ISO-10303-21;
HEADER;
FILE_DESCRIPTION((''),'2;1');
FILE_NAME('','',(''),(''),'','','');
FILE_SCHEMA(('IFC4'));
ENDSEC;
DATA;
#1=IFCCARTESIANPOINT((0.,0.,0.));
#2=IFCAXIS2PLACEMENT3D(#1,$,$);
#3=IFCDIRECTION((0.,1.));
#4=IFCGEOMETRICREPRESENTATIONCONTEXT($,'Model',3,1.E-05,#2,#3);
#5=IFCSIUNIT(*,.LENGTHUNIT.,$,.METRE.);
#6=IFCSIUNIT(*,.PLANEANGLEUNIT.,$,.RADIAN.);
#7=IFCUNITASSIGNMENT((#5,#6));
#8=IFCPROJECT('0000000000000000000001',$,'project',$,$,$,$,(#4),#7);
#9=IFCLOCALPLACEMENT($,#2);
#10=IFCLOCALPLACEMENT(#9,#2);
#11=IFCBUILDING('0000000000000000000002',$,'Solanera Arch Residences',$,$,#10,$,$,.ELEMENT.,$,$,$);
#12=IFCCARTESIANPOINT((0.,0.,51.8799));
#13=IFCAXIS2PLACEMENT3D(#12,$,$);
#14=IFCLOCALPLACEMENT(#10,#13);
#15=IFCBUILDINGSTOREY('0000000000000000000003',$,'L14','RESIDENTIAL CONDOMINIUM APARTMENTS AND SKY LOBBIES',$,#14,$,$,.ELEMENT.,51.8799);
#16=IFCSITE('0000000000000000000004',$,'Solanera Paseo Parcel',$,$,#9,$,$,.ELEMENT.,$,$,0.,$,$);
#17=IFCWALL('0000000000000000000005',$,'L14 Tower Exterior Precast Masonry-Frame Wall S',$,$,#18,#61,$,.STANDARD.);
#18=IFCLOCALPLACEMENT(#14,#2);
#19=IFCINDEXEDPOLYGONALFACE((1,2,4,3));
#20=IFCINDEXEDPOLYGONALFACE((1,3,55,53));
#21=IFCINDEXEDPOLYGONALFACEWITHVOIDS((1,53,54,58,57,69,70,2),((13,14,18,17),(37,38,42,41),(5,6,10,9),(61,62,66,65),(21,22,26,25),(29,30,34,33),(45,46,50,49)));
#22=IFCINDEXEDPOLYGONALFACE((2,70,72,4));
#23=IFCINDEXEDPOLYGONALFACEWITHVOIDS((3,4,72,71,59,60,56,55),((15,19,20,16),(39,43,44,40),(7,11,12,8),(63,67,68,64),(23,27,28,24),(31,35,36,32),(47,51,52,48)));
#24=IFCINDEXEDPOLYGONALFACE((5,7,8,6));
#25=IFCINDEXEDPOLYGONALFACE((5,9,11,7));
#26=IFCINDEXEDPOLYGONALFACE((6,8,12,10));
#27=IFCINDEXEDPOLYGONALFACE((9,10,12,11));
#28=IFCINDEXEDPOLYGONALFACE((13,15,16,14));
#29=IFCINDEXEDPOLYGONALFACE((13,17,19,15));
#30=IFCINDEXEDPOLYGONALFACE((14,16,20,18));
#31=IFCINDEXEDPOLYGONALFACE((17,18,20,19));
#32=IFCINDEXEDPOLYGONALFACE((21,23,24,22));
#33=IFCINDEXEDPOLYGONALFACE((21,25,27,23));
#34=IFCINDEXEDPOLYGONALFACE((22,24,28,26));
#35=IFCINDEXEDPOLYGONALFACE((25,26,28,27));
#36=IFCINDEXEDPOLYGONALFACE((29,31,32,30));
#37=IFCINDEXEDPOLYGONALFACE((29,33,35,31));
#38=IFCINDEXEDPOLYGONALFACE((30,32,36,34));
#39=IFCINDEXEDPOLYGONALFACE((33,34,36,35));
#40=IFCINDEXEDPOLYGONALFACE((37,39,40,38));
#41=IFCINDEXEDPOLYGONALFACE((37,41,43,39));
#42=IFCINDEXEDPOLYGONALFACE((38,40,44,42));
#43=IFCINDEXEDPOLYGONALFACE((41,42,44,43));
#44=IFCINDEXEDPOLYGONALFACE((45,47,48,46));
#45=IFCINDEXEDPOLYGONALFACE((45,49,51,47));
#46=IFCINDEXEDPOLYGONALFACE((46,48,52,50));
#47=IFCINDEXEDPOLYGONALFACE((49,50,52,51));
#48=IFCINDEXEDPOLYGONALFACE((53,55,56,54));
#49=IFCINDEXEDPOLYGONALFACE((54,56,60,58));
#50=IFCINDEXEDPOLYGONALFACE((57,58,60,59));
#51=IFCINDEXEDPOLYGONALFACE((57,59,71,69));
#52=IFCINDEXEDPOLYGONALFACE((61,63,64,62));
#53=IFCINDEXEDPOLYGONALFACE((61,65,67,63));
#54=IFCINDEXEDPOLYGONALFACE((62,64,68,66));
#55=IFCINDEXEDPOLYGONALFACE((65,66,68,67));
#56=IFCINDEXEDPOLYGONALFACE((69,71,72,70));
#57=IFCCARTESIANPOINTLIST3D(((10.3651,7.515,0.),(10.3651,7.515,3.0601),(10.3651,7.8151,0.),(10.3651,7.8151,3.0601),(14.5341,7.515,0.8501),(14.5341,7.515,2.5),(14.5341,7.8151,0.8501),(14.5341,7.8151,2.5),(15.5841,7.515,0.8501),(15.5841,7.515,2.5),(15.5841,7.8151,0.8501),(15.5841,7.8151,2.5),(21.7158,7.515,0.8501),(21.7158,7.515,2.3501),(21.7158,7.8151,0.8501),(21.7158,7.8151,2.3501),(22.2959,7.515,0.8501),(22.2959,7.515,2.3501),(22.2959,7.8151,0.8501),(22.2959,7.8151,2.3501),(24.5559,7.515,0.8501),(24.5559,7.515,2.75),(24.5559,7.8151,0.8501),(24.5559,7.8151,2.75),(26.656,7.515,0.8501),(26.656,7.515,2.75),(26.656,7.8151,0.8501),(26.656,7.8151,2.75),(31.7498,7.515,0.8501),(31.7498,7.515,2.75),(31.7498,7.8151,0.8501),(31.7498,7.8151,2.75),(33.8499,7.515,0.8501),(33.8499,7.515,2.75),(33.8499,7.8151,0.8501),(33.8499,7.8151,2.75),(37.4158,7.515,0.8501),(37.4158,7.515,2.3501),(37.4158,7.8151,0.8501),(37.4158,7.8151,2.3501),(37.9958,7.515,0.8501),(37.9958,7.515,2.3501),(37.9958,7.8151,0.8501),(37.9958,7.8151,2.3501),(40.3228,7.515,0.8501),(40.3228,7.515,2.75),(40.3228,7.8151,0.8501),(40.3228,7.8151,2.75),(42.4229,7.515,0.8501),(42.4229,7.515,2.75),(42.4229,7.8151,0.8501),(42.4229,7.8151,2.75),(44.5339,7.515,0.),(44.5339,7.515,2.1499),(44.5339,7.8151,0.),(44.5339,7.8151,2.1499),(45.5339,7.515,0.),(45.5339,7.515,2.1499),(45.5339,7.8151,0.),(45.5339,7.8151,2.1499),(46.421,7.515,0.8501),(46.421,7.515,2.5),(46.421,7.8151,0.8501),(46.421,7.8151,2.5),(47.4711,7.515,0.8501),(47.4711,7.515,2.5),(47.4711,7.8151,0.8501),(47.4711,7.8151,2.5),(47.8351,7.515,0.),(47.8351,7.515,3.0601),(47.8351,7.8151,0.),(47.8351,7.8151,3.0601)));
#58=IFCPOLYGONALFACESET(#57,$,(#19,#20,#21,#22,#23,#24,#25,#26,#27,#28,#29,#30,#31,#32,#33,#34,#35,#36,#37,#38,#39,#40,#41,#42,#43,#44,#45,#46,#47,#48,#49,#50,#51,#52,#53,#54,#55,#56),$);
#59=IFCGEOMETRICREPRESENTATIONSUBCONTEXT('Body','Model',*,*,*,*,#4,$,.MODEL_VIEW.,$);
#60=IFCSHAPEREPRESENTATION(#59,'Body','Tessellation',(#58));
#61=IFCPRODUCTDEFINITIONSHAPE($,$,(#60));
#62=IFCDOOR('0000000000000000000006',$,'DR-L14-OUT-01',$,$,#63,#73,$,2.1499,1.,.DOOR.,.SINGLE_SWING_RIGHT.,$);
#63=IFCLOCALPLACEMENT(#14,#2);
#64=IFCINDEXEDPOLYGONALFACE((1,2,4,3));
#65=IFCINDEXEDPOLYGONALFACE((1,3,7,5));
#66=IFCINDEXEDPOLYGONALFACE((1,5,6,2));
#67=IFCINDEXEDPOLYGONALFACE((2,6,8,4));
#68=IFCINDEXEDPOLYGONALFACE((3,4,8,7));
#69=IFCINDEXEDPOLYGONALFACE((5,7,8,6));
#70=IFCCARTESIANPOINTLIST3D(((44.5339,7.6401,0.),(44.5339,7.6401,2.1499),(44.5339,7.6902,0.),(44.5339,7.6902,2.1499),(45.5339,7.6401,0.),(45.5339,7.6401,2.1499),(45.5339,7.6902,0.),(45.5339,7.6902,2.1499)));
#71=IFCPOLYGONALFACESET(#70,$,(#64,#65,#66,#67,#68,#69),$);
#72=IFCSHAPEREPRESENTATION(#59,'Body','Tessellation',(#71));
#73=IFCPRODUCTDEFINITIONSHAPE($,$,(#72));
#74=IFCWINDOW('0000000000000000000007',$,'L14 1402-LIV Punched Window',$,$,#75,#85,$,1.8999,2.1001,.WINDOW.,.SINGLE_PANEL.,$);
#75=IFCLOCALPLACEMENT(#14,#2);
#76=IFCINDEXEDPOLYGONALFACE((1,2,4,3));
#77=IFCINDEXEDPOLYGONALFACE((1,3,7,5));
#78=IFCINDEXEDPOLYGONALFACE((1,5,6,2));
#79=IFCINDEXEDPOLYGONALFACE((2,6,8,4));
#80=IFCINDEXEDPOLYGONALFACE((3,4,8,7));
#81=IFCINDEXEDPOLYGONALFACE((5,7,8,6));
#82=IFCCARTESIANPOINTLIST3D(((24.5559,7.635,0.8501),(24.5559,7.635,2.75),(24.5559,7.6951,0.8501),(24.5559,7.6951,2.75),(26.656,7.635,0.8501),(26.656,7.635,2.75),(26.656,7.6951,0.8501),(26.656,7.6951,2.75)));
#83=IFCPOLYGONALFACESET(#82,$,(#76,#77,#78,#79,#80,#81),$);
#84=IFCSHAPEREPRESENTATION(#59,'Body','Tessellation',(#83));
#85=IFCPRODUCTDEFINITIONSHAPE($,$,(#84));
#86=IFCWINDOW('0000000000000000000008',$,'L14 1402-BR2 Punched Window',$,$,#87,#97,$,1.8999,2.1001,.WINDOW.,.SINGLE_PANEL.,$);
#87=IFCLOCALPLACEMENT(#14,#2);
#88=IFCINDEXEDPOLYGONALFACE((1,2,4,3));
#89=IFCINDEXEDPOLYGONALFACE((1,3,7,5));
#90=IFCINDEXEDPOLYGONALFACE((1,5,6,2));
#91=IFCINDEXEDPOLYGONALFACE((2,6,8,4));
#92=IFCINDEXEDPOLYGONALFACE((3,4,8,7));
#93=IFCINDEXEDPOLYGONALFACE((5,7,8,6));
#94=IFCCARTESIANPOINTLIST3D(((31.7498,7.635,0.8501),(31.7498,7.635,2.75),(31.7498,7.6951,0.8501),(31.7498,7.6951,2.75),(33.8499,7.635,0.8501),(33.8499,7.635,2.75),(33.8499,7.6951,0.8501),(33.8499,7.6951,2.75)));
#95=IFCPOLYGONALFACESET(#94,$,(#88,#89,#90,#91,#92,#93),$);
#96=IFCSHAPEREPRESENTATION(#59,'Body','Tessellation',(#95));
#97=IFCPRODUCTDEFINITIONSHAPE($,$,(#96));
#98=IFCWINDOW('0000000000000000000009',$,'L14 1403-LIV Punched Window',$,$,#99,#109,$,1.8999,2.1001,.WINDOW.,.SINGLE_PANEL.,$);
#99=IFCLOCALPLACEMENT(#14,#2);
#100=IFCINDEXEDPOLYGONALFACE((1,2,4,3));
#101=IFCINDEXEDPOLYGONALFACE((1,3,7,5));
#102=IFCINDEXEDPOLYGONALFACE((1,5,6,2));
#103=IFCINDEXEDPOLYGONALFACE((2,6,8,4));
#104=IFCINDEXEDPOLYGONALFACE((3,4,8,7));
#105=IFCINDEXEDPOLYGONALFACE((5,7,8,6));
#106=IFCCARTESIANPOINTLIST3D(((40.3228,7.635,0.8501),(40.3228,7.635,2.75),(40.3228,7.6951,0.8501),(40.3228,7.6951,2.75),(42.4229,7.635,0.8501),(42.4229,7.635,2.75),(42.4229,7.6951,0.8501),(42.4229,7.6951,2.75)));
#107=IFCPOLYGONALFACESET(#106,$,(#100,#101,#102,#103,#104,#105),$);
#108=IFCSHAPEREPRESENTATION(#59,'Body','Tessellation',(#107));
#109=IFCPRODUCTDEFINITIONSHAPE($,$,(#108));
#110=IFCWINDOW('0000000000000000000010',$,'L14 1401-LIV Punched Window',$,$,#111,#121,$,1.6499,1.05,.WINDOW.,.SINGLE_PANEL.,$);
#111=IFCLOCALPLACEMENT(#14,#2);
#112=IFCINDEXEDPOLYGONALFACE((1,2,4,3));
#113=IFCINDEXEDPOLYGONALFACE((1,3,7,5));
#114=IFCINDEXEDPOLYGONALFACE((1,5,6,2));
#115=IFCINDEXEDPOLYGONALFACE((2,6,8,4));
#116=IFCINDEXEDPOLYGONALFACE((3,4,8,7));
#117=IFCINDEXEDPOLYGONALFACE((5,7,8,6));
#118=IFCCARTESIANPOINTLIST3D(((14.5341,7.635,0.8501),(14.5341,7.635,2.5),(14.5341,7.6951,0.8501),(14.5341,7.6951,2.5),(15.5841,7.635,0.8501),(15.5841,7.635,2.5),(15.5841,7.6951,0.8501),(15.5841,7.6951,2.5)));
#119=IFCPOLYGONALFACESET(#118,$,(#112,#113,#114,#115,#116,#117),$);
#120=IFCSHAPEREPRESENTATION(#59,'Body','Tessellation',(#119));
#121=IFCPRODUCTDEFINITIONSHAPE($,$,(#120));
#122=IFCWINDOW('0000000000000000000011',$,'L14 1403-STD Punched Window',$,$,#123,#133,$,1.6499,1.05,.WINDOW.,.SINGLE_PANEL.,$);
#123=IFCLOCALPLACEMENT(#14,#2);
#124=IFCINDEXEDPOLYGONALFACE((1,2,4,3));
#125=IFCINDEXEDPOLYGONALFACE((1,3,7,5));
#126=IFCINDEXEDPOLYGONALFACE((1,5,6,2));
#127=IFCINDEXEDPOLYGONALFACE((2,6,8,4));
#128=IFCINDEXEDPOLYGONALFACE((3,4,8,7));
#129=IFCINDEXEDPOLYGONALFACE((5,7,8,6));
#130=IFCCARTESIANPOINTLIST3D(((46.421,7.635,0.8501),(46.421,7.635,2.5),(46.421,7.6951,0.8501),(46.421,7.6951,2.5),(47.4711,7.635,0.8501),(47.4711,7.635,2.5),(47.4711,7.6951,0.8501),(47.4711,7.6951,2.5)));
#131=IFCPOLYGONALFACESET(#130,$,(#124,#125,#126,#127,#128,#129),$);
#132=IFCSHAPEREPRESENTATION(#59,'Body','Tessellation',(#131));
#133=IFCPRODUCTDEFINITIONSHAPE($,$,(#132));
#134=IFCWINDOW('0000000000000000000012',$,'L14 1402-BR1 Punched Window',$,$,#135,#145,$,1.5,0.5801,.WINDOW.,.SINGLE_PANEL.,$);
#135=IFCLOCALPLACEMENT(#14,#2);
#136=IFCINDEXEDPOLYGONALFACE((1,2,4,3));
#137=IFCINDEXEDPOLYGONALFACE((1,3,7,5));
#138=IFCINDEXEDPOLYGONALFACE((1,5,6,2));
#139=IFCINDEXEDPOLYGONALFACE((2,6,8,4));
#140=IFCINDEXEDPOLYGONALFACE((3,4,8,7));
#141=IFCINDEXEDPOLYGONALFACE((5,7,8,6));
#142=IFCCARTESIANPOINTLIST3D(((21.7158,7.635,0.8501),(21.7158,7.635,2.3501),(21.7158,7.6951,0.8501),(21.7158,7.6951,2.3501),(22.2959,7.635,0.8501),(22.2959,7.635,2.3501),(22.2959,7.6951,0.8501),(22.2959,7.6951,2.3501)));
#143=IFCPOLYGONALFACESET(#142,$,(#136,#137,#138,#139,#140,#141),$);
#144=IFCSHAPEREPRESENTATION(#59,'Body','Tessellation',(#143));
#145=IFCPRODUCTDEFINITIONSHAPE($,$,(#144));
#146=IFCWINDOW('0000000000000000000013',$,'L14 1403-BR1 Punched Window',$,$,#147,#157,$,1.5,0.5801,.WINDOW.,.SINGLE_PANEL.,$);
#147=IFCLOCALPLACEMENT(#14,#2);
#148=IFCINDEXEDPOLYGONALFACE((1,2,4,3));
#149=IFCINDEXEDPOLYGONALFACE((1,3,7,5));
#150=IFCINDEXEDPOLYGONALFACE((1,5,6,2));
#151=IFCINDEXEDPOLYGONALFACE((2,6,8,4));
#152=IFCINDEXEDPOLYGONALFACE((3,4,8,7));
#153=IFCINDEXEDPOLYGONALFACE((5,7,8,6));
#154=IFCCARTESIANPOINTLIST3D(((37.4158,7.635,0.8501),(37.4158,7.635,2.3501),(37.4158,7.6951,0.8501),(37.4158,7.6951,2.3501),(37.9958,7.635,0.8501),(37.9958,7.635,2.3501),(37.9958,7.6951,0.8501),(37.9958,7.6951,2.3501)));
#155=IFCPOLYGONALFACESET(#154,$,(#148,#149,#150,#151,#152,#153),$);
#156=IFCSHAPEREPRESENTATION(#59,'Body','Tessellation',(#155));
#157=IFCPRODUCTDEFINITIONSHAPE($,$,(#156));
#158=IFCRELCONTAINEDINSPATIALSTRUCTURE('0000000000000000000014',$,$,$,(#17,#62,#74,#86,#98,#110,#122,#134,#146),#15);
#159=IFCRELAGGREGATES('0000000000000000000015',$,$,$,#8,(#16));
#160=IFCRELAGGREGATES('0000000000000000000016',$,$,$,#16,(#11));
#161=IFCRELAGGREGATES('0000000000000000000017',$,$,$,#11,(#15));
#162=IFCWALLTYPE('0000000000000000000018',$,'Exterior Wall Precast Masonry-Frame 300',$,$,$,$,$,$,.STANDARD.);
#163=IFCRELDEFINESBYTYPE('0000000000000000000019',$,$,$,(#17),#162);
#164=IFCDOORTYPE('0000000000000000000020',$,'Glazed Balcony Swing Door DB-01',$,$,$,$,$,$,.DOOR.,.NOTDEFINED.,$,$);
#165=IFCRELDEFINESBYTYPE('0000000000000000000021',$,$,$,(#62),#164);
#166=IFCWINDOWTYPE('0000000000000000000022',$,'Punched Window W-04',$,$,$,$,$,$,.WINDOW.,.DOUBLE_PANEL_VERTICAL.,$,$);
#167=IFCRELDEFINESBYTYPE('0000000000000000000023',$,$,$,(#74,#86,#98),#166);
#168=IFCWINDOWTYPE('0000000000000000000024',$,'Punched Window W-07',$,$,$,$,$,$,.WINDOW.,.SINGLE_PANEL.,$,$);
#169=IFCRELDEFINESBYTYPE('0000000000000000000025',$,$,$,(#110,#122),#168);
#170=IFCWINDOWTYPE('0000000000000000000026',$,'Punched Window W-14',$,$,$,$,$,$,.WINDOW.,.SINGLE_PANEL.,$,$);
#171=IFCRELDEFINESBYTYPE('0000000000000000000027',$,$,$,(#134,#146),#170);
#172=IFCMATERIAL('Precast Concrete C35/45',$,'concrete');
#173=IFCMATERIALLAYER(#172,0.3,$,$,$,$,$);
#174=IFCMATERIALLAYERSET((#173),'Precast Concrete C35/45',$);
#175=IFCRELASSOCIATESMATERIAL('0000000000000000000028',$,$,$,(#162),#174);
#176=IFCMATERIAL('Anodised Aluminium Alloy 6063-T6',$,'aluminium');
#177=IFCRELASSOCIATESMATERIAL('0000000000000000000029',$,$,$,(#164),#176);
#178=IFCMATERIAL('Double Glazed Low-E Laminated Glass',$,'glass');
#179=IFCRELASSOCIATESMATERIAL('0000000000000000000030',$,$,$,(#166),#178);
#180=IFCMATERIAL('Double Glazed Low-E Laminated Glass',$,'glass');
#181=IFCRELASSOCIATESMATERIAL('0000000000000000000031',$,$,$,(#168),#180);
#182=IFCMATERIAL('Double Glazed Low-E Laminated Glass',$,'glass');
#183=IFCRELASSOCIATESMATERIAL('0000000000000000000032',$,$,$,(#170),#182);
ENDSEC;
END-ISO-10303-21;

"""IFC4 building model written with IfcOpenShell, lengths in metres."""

from ifc_helpers import new_model, si_unit, direction, frame, frame_2d, origin, place, context, subcontext, project, spatial, rectangle, extrude, material, layer, layer_set, type_object, element, fill, save


model = new_model("IFC4")

# Units and contexts
model_context = context("Model", 3, precision=1e-05, world=origin(), true_north=direction((0.0, 1.0)))
body_context = subcontext(model_context, "Body", "Model", "MODEL_VIEW")
ifc_project = project(units=[si_unit("LENGTHUNIT", "METRE"), si_unit("PLANEANGLEUNIT", "RADIAN")], contexts=[model_context])

# Site, building, storey
site_placement = place(None, origin())
site = spatial("IfcSite", under=ifc_project, at=site_placement, Name="Solanera Paseo Parcel", CompositionType="ELEMENT", RefElevation=0.0)
building_placement = place(site_placement, origin())
building = spatial("IfcBuilding", under=site, at=building_placement, Name="Solanera Arch Residences", CompositionType="ELEMENT")
storey_placement = place(building_placement, frame((0.0, 0.0, 51.8799)))
storey = spatial("IfcBuildingStorey", under=building, at=storey_placement, Name="L14", Description="RESIDENTIAL CONDOMINIUM APARTMENTS AND SKY LOBBIES", CompositionType="ELEMENT", Elevation=51.8799)

# Shared definitions
ifc_material_1 = material(Name="Precast Concrete C35/45", Category="concrete")
ifc_layer_1 = layer(ifc_material_1, 0.3)
ifc_layer_set_1 = layer_set([ifc_layer_1], Name="Precast Concrete C35/45")
wall_type_1 = type_object("IfcWallType", Name="Exterior Wall Precast Masonry-Frame 300", PredefinedType="STANDARD", material=ifc_layer_set_1)

# Wall, openings, door, windows
wall_1_placement = place(storey_placement, frame((47.835, 7.665, 0.0), z_axis=(0.0, 0.0, 1.0), x_axis=(-1.0, 0.0, 0.0)))
wall_1 = element("IfcWall", 1, at=wall_1_placement, inside=storey, type_object=wall_type_1, Name="L14 Tower Exterior Precast Masonry-Frame Wall S", PredefinedType="STANDARD", context=body_context, shape_type="SweptSolid", body=[
    extrude(rectangle(XDim=37.47, YDim=0.3, at=frame_2d((18.7349, 0.0))), origin(), (0.0, 0.0, 1.0), 3.0601),
])
opening_1_placement = place(wall_1_placement, frame((2.301, 0.0, 0.0)))
opening_1 = element("IfcOpeningElement", 2, at=opening_1_placement, cuts=wall_1, PredefinedType="OPENING", context=body_context, shape_type="SweptSolid", body=[
    extrude(rectangle(XDim=1.0, YDim=2.1499, at=frame_2d((0.5, 1.075))), frame((0.0, 0.1599, 0.0), z_axis=(0.0, -1.0, 0.0), x_axis=(1.0, 0.0, 0.0)), (0.0, 0.0, 1.0), 0.32),
])
opening_2_placement = place(wall_1_placement, frame((32.251, 0.0, 0.8501)))
opening_2 = element("IfcOpeningElement", 3, at=opening_2_placement, cuts=wall_1, PredefinedType="OPENING", context=body_context, shape_type="SweptSolid", body=[
    extrude(rectangle(XDim=1.05, YDim=1.6499, at=frame_2d((0.5249, 0.825))), frame((0.0, 0.1599, 0.0), z_axis=(0.0, -1.0, 0.0), x_axis=(1.0, 0.0, 0.0)), (0.0, 0.0, 1.0), 0.32),
])
opening_3_placement = place(wall_1_placement, frame((21.179, 0.0, 0.8501)))
opening_3 = element("IfcOpeningElement", 4, at=opening_3_placement, cuts=wall_1, PredefinedType="OPENING", context=body_context, shape_type="SweptSolid", body=[
    extrude(rectangle(XDim=2.1001, YDim=1.8999, at=frame_2d((1.05, 0.95))), frame((0.0, 0.1599, 0.0), z_axis=(0.0, -1.0, 0.0), x_axis=(1.0, 0.0, 0.0)), (0.0, 0.0, 1.0), 0.32),
])
opening_4_placement = place(wall_1_placement, frame((25.5391, 0.0, 0.8501)))
opening_4 = element("IfcOpeningElement", 5, at=opening_4_placement, cuts=wall_1, PredefinedType="OPENING", context=body_context, shape_type="SweptSolid", body=[
    extrude(rectangle(XDim=0.5801, YDim=1.5, at=frame_2d((0.29, 0.75))), frame((0.0, 0.1599, 0.0), z_axis=(0.0, -1.0, 0.0), x_axis=(1.0, 0.0, 0.0)), (0.0, 0.0, 1.0), 0.32),
])
opening_5_placement = place(wall_1_placement, frame((13.9851, 0.0, 0.8501)))
opening_5 = element("IfcOpeningElement", 6, at=opening_5_placement, cuts=wall_1, PredefinedType="OPENING", context=body_context, shape_type="SweptSolid", body=[
    extrude(rectangle(XDim=2.1001, YDim=1.8999, at=frame_2d((1.05, 0.95))), frame((0.0, 0.1599, 0.0), z_axis=(0.0, -1.0, 0.0), x_axis=(1.0, 0.0, 0.0)), (0.0, 0.0, 1.0), 0.32),
])
opening_6_placement = place(wall_1_placement, frame((5.4121, 0.0, 0.8501)))
opening_6 = element("IfcOpeningElement", 7, at=opening_6_placement, cuts=wall_1, PredefinedType="OPENING", context=body_context, shape_type="SweptSolid", body=[
    extrude(rectangle(XDim=2.1001, YDim=1.8999, at=frame_2d((1.05, 0.95))), frame((0.0, 0.1599, 0.0), z_axis=(0.0, -1.0, 0.0), x_axis=(1.0, 0.0, 0.0)), (0.0, 0.0, 1.0), 0.32),
])
opening_7_placement = place(wall_1_placement, frame((9.8391, 0.0, 0.8501)))
opening_7 = element("IfcOpeningElement", 8, at=opening_7_placement, cuts=wall_1, PredefinedType="OPENING", context=body_context, shape_type="SweptSolid", body=[
    extrude(rectangle(XDim=0.5801, YDim=1.5, at=frame_2d((0.29, 0.75))), frame((0.0, 0.1599, 0.0), z_axis=(0.0, -1.0, 0.0), x_axis=(1.0, 0.0, 0.0)), (0.0, 0.0, 1.0), 0.32),
])
opening_8_placement = place(wall_1_placement, frame((0.364, 0.0, 0.8501)))
opening_8 = element("IfcOpeningElement", 9, at=opening_8_placement, cuts=wall_1, PredefinedType="OPENING", context=body_context, shape_type="SweptSolid", body=[
    extrude(rectangle(XDim=1.05, YDim=1.6499, at=frame_2d((0.5249, 0.825))), frame((0.0, 0.1599, 0.0), z_axis=(0.0, -1.0, 0.0), x_axis=(1.0, 0.0, 0.0)), (0.0, 0.0, 1.0), 0.32),
])
ifc_material_2 = material(Name="Anodised Aluminium Alloy 6063-T6", Category="aluminium")
door_type_1 = type_object("IfcDoorType", Name="Glazed Balcony Swing Door DB-01", OperationType="NOTDEFINED", PredefinedType="DOOR", material=ifc_material_2)
door_1_placement = place(opening_1_placement, origin())
door_1 = element("IfcDoor", 10, at=door_1_placement, inside=storey, type_object=door_type_1, Name="DR-L14-OUT-01", OperationType="SINGLE_SWING_RIGHT", OverallHeight=2.1499, OverallWidth=1.0, PredefinedType="DOOR", context=body_context, shape_type="SweptSolid", body=[
    extrude(rectangle(XDim=1.0, YDim=2.1499, at=frame_2d((0.5, 1.075))), frame((0.0, 0.0249, 0.0), z_axis=(0.0, -1.0, 0.0), x_axis=(1.0, 0.0, 0.0)), (0.0, 0.0, 1.0), 0.05),
])
fill(opening_1, door_1)
ifc_material_3 = material(Name="Double Glazed Low-E Laminated Glass", Category="glass")
window_type_1 = type_object("IfcWindowType", Name="Punched Window W-04", PartitioningType="DOUBLE_PANEL_VERTICAL", PredefinedType="WINDOW", material=ifc_material_3)
window_1_placement = place(opening_3_placement, origin())
window_1 = element("IfcWindow", 11, at=window_1_placement, inside=storey, type_object=window_type_1, Name="L14 1402-LIV Punched Window", OverallHeight=1.8999, OverallWidth=2.1001, PartitioningType="SINGLE_PANEL", PredefinedType="WINDOW", context=body_context, shape_type="SweptSolid", body=[
    extrude(rectangle(XDim=2.1001, YDim=1.8999, at=frame_2d((1.05, 0.95))), frame((0.0, 0.03, 0.0), z_axis=(0.0, -1.0, 0.0), x_axis=(1.0, 0.0, 0.0)), (0.0, 0.0, 1.0), 0.0601),
])
fill(opening_3, window_1)
window_2_placement = place(opening_5_placement, origin())
window_2 = element("IfcWindow", 12, at=window_2_placement, inside=storey, type_object=window_type_1, Name="L14 1402-BR2 Punched Window", OverallHeight=1.8999, OverallWidth=2.1001, PartitioningType="SINGLE_PANEL", PredefinedType="WINDOW", context=body_context, shape_type="SweptSolid", body=[
    extrude(rectangle(XDim=2.1001, YDim=1.8999, at=frame_2d((1.05, 0.95))), frame((0.0, 0.03, 0.0), z_axis=(0.0, -1.0, 0.0), x_axis=(1.0, 0.0, 0.0)), (0.0, 0.0, 1.0), 0.0601),
])
fill(opening_5, window_2)
window_3_placement = place(opening_6_placement, origin())
window_3 = element("IfcWindow", 13, at=window_3_placement, inside=storey, type_object=window_type_1, Name="L14 1403-LIV Punched Window", OverallHeight=1.8999, OverallWidth=2.1001, PartitioningType="SINGLE_PANEL", PredefinedType="WINDOW", context=body_context, shape_type="SweptSolid", body=[
    extrude(rectangle(XDim=2.1001, YDim=1.8999, at=frame_2d((1.05, 0.95))), frame((0.0, 0.03, 0.0), z_axis=(0.0, -1.0, 0.0), x_axis=(1.0, 0.0, 0.0)), (0.0, 0.0, 1.0), 0.0601),
])
fill(opening_6, window_3)
ifc_material_4 = material(Name="Double Glazed Low-E Laminated Glass", Category="glass")
window_type_2 = type_object("IfcWindowType", Name="Punched Window W-07", PartitioningType="SINGLE_PANEL", PredefinedType="WINDOW", material=ifc_material_4)
window_4_placement = place(opening_2_placement, origin())
window_4 = element("IfcWindow", 14, at=window_4_placement, inside=storey, type_object=window_type_2, Name="L14 1401-LIV Punched Window", OverallHeight=1.6499, OverallWidth=1.05, PartitioningType="SINGLE_PANEL", PredefinedType="WINDOW", context=body_context, shape_type="SweptSolid", body=[
    extrude(rectangle(XDim=1.05, YDim=1.6499, at=frame_2d((0.5249, 0.825))), frame((0.0, 0.03, 0.0), z_axis=(0.0, -1.0, 0.0), x_axis=(1.0, 0.0, 0.0)), (0.0, 0.0, 1.0), 0.0601),
])
fill(opening_2, window_4)
window_5_placement = place(opening_8_placement, origin())
window_5 = element("IfcWindow", 15, at=window_5_placement, inside=storey, type_object=window_type_2, Name="L14 1403-STD Punched Window", OverallHeight=1.6499, OverallWidth=1.05, PartitioningType="SINGLE_PANEL", PredefinedType="WINDOW", context=body_context, shape_type="SweptSolid", body=[
    extrude(rectangle(XDim=1.05, YDim=1.6499, at=frame_2d((0.5249, 0.825))), frame((0.0, 0.03, 0.0), z_axis=(0.0, -1.0, 0.0), x_axis=(1.0, 0.0, 0.0)), (0.0, 0.0, 1.0), 0.0601),
])
fill(opening_8, window_5)
ifc_material_5 = material(Name="Double Glazed Low-E Laminated Glass", Category="glass")
window_type_3 = type_object("IfcWindowType", Name="Punched Window W-14", PartitioningType="SINGLE_PANEL", PredefinedType="WINDOW", material=ifc_material_5)
window_6_placement = place(opening_4_placement, origin())
window_6 = element("IfcWindow", 16, at=window_6_placement, inside=storey, type_object=window_type_3, Name="L14 1402-BR1 Punched Window", OverallHeight=1.5, OverallWidth=0.5801, PartitioningType="SINGLE_PANEL", PredefinedType="WINDOW", context=body_context, shape_type="SweptSolid", body=[
    extrude(rectangle(XDim=0.5801, YDim=1.5, at=frame_2d((0.29, 0.75))), frame((0.0, 0.03, 0.0), z_axis=(0.0, -1.0, 0.0), x_axis=(1.0, 0.0, 0.0)), (0.0, 0.0, 1.0), 0.0601),
])
fill(opening_4, window_6)
window_7_placement = place(opening_7_placement, origin())
window_7 = element("IfcWindow", 17, at=window_7_placement, inside=storey, type_object=window_type_3, Name="L14 1403-BR1 Punched Window", OverallHeight=1.5, OverallWidth=0.5801, PartitioningType="SINGLE_PANEL", PredefinedType="WINDOW", context=body_context, shape_type="SweptSolid", body=[
    extrude(rectangle(XDim=0.5801, YDim=1.5, at=frame_2d((0.29, 0.75))), frame((0.0, 0.03, 0.0), z_axis=(0.0, -1.0, 0.0), x_axis=(1.0, 0.0, 0.0)), (0.0, 0.0, 1.0), 0.0601),
])
fill(opening_7, window_7)

save(model, "model.ifc")
